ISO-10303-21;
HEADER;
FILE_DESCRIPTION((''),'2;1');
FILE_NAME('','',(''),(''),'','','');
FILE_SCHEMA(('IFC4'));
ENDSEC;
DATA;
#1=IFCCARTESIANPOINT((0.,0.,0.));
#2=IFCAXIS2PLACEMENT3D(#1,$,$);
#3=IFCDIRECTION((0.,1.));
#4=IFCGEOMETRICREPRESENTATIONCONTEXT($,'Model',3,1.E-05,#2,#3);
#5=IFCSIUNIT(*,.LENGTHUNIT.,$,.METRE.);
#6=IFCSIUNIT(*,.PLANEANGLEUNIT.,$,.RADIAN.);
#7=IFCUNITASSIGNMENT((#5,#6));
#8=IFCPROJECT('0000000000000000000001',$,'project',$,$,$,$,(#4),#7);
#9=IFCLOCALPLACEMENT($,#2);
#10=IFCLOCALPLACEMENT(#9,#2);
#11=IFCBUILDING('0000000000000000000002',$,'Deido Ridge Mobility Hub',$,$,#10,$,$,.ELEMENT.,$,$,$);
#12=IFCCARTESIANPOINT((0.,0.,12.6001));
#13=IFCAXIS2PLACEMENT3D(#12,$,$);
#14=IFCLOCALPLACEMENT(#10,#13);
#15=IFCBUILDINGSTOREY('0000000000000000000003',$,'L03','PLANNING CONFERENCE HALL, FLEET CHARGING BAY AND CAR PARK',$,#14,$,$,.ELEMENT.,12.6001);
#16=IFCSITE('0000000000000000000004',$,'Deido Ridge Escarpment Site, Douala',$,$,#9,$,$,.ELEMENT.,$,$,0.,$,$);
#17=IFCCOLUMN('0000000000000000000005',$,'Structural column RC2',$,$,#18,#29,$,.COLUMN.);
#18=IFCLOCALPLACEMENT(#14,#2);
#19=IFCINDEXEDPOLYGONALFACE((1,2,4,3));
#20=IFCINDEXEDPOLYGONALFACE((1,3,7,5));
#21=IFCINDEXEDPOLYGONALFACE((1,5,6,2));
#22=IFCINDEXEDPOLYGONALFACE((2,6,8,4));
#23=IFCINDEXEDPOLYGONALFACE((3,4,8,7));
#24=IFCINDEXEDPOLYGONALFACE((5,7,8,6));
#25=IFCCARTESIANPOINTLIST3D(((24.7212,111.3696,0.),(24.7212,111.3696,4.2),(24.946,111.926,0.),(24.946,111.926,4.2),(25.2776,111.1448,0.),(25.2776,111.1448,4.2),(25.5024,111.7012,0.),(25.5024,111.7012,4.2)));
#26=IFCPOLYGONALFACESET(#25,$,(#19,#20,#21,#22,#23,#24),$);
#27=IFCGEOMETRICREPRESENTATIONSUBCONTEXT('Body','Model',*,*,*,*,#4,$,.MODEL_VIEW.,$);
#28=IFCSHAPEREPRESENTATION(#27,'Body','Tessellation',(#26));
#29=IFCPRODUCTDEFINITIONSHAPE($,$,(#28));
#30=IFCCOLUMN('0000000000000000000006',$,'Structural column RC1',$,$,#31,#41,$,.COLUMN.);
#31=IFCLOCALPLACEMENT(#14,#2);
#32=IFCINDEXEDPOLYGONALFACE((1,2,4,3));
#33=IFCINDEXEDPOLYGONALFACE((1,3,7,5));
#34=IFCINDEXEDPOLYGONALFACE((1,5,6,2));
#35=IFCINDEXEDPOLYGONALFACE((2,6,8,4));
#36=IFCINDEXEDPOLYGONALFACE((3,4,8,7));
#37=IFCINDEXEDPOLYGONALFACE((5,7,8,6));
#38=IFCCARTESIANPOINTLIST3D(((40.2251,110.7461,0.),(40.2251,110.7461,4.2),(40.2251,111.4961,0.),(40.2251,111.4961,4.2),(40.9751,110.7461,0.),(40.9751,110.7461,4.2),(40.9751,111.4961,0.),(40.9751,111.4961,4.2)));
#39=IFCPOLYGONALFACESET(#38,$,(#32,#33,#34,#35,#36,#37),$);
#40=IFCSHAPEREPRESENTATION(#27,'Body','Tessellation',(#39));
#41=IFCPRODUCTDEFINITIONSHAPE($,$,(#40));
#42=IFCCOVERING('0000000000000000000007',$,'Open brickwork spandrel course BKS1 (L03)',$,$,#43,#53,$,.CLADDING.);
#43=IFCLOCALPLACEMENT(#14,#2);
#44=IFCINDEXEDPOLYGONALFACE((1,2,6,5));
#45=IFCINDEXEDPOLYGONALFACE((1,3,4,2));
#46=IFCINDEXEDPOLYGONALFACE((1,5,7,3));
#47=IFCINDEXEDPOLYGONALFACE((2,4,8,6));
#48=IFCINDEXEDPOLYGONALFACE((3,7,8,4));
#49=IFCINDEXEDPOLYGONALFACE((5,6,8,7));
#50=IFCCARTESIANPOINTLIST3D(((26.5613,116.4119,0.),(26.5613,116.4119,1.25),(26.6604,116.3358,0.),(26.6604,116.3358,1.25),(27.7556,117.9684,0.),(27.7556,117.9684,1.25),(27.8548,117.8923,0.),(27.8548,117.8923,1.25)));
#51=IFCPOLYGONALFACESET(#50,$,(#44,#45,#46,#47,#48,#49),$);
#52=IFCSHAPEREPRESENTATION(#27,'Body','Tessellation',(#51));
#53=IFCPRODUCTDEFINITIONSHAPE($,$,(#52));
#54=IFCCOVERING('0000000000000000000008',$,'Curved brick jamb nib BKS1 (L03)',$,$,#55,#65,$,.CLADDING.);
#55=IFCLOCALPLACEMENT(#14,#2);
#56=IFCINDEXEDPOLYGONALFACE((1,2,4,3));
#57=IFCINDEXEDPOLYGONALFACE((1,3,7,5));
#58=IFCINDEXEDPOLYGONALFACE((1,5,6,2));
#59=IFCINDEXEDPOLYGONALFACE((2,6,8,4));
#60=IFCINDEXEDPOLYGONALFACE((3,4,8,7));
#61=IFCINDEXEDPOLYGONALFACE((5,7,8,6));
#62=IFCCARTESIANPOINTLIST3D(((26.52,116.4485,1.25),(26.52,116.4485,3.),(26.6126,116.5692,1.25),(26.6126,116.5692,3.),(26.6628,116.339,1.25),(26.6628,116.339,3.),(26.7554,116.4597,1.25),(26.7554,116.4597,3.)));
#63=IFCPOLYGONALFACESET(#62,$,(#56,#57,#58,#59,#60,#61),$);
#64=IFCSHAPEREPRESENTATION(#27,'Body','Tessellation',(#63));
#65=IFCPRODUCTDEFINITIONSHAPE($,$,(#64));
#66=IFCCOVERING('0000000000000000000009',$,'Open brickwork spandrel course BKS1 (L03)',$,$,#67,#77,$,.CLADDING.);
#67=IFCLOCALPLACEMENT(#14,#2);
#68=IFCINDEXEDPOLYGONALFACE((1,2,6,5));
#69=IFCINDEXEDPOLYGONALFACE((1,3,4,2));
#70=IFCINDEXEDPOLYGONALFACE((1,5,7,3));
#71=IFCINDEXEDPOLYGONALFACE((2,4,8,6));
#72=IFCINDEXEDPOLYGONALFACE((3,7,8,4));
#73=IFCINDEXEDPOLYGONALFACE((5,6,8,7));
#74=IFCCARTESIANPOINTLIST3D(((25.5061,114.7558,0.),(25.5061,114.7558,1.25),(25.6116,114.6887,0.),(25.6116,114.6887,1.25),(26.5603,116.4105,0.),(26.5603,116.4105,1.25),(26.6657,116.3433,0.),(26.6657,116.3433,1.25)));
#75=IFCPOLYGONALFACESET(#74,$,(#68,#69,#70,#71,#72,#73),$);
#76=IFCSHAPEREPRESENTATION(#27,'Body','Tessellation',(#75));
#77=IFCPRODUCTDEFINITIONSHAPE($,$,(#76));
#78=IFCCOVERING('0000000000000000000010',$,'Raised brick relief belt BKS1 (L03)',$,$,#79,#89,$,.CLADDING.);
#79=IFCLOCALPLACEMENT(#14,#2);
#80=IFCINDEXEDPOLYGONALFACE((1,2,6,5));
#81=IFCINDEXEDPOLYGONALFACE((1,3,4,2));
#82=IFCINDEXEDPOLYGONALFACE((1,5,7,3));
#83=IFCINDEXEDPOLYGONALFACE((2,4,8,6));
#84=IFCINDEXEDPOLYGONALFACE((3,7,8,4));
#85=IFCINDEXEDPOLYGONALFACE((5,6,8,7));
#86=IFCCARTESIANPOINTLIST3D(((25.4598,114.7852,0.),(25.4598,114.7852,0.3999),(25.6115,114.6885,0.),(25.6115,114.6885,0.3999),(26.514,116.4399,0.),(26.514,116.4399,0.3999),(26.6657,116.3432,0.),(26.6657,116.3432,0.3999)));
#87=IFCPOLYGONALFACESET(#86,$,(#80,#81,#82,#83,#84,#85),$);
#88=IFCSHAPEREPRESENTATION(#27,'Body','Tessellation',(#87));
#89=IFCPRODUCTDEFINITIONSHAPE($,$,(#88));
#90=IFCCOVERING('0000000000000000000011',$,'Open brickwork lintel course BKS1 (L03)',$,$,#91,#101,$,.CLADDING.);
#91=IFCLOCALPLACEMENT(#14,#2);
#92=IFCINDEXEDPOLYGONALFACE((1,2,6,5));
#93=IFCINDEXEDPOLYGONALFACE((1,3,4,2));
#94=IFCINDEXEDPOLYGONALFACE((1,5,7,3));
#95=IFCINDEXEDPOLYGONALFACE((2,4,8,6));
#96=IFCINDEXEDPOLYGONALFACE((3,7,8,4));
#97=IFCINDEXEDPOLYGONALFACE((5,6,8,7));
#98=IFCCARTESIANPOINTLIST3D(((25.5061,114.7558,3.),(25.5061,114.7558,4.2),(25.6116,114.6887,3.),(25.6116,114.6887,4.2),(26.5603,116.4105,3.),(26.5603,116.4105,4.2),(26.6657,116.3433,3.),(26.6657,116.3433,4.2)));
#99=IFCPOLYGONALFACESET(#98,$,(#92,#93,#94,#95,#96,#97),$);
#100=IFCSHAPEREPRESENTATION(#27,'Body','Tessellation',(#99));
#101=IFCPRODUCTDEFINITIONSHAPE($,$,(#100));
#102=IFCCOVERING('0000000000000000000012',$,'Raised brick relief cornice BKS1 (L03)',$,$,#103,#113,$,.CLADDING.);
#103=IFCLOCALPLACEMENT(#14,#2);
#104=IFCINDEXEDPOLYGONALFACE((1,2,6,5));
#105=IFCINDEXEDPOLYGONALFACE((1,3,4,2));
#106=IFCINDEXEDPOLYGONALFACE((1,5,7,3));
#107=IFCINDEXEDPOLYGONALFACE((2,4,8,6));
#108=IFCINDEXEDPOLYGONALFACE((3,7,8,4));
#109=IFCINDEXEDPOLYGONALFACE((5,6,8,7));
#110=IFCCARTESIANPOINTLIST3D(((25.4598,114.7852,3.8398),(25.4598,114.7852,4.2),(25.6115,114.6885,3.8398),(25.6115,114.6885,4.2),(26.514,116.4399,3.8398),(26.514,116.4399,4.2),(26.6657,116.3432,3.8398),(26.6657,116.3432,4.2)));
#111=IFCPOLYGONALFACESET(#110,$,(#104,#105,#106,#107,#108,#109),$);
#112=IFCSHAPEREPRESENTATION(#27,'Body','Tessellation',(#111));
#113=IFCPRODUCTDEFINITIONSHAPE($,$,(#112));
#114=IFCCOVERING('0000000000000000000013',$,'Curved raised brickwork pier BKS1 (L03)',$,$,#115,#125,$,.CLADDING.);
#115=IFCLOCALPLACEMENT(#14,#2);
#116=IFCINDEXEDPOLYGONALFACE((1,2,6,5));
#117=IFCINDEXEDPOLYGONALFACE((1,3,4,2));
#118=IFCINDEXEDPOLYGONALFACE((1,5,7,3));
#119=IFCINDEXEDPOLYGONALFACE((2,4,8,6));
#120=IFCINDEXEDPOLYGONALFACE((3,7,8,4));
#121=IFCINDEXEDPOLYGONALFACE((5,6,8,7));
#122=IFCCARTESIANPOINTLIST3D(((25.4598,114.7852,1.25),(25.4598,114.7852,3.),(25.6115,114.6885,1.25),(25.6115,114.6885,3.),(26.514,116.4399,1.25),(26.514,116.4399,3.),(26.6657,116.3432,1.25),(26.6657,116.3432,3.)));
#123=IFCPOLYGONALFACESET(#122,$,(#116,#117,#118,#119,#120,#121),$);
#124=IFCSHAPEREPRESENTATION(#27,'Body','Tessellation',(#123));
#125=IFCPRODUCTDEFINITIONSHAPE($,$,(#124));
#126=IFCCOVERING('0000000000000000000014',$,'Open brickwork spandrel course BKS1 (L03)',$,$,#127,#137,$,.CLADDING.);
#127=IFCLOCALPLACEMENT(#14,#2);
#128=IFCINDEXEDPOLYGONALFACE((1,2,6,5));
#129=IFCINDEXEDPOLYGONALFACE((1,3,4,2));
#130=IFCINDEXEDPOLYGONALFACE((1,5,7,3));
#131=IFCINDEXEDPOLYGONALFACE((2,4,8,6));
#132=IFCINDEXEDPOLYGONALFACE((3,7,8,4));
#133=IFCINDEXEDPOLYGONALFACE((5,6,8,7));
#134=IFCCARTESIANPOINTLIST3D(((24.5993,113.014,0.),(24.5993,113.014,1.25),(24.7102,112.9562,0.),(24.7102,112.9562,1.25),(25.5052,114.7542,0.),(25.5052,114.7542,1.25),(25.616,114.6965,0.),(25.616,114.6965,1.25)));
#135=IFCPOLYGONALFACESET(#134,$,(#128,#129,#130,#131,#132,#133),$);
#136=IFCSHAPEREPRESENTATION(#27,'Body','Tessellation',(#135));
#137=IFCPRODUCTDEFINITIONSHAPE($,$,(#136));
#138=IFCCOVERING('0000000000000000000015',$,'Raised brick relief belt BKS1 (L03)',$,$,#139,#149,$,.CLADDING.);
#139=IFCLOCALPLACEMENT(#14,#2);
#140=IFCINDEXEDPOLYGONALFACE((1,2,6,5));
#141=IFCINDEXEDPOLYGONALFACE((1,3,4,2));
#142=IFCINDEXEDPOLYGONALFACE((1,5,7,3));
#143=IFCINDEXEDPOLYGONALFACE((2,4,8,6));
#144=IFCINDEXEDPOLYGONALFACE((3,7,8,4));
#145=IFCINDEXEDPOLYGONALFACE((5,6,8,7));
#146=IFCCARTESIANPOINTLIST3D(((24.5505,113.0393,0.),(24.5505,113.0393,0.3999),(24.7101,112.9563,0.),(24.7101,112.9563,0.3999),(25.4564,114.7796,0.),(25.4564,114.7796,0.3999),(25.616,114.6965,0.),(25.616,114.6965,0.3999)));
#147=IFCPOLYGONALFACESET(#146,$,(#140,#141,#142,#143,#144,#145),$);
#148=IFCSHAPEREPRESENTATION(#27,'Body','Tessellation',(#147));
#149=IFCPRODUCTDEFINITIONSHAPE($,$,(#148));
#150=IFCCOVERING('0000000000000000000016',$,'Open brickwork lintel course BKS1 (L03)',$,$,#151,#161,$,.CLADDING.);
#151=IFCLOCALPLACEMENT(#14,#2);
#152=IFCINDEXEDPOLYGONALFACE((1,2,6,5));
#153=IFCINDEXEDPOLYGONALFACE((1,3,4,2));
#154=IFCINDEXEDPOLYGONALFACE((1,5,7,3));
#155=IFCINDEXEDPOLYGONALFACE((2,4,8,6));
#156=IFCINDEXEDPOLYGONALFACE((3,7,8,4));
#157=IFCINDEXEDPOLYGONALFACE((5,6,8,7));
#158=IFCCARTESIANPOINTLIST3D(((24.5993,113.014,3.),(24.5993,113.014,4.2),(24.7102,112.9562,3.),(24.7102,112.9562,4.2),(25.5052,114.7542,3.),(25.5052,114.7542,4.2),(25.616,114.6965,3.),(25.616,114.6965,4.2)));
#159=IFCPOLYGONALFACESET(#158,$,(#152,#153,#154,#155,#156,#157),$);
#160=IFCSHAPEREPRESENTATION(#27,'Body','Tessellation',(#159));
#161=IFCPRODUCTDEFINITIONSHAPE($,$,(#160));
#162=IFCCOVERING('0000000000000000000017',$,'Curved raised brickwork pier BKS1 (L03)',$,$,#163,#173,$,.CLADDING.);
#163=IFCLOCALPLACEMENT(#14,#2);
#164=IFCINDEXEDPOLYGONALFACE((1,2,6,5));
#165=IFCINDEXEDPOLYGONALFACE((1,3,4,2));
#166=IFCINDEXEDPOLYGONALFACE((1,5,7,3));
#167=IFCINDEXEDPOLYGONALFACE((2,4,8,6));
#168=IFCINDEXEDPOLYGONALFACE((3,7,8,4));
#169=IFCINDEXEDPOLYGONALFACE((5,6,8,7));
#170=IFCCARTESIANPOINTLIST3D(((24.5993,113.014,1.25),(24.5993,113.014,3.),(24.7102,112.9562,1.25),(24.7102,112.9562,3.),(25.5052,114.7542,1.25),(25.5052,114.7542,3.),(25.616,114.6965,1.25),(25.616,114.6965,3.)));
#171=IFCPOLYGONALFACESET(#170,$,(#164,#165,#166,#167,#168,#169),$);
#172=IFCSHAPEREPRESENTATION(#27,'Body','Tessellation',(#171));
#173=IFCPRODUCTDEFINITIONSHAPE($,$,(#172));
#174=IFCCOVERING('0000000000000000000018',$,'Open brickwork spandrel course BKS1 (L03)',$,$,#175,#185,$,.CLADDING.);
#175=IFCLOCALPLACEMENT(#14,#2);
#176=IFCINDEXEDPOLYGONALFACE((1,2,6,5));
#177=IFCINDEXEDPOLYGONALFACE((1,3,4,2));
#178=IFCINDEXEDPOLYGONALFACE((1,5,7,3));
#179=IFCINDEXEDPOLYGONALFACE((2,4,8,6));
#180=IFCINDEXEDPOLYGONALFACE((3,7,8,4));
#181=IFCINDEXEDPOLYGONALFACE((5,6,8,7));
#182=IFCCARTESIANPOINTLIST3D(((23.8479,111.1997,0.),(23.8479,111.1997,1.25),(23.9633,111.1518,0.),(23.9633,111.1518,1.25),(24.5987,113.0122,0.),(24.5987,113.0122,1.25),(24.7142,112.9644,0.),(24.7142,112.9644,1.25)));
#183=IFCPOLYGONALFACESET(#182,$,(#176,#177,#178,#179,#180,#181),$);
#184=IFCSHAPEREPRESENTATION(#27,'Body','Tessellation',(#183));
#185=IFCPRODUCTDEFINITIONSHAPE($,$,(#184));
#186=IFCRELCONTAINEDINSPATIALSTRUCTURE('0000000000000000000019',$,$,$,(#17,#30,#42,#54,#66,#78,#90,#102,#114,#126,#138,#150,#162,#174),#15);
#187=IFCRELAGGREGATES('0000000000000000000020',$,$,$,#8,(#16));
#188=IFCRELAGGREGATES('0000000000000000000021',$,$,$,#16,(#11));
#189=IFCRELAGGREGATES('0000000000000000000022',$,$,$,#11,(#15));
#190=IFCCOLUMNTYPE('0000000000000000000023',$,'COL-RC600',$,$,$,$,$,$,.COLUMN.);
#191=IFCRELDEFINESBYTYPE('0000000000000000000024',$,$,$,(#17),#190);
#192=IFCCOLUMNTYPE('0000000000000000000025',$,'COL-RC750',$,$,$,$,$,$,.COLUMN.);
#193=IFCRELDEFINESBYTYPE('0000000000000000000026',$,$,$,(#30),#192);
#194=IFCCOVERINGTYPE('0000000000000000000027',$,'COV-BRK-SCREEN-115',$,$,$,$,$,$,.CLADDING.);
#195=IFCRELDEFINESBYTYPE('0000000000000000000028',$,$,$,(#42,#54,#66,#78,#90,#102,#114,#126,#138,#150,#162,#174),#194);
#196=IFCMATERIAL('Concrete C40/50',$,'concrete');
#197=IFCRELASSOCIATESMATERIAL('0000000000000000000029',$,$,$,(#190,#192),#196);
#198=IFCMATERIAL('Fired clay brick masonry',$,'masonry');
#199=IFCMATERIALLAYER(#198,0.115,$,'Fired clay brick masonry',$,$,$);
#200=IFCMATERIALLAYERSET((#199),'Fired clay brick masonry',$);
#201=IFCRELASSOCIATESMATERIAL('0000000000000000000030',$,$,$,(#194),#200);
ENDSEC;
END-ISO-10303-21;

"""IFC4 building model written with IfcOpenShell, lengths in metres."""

from ifc_helpers import new_model, si_unit, direction, frame, origin, origin_2d, place, context, subcontext, project, spatial, rectangle, extrude, material, layer, layer_set, material_profile, profile_set, type_object, element, save


model = new_model("IFC4")

# Units and contexts
model_context = context("Model", 3, precision=1e-05, world=origin(), true_north=direction((0.0, 1.0)))
body_context = subcontext(model_context, "Body", "Model", "MODEL_VIEW")
ifc_project = project(units=[si_unit("LENGTHUNIT", "METRE"), si_unit("PLANEANGLEUNIT", "RADIAN")], contexts=[model_context])

# Site, building, storey
site_placement = place(None, origin())
site = spatial("IfcSite", under=ifc_project, at=site_placement, Name="Deido Ridge Escarpment Site, Douala", CompositionType="ELEMENT", RefElevation=0.0)
building_placement = place(site_placement, origin())
building = spatial("IfcBuilding", under=site, at=building_placement, Name="Deido Ridge Mobility Hub", CompositionType="ELEMENT")
storey_placement = place(building_placement, frame((0.0, 0.0, 12.6001)))
storey = spatial("IfcBuildingStorey", under=building, at=storey_placement, Name="L03", Description="PLANNING CONFERENCE HALL, FLEET CHARGING BAY AND CAR PARK", CompositionType="ELEMENT", Elevation=12.6001)

# Columns
ifc_material_1 = material(Name="Concrete C40/50", Category="concrete")
ifc_material_profile_1 = material_profile(ifc_material_1, rectangle(XDim=0.6001, YDim=0.6001, at=origin_2d()), Name="RC COL 600x600")
ifc_profile_set_1 = profile_set([ifc_material_profile_1], Name="Concrete C40/50")
column_type_1 = type_object("IfcColumnType", Name="COL-RC600", PredefinedType="COLUMN", material=ifc_profile_set_1)
column_1_placement = place(storey_placement, frame((25.1118, 111.5354, 0.0), z_axis=(0.0, 0.0, 1.0), x_axis=(-0.927184, 0.374607, 0.0)))
element("IfcColumn", 1, at=column_1_placement, inside=storey, type_object=column_type_1, Name="Structural column RC2", PredefinedType="COLUMN", context=body_context, shape_type="SweptSolid", body=[
    extrude(rectangle(XDim=0.6001, YDim=0.6001, at=origin_2d()), origin(), (0.0, 0.0, 1.0), 4.2),
])
ifc_material_profile_2 = material_profile(ifc_material_1, rectangle(XDim=0.75, YDim=0.75, at=origin_2d()), Name="RC COL 750x750")
ifc_profile_set_2 = profile_set([ifc_material_profile_2], Name="Concrete C40/50")
column_type_2 = type_object("IfcColumnType", Name="COL-RC750", PredefinedType="COLUMN", material=ifc_profile_set_2)
column_2_placement = place(storey_placement, frame((40.6001, 111.1211, 0.0), z_axis=(0.0, 0.0, 1.0), x_axis=(1.0, 0.0, 0.0)))
element("IfcColumn", 2, at=column_2_placement, inside=storey, type_object=column_type_2, Name="Structural column RC1", PredefinedType="COLUMN", context=body_context, shape_type="SweptSolid", body=[
    extrude(rectangle(XDim=0.75, YDim=0.75, at=origin_2d()), origin(), (0.0, 0.0, 1.0), 4.2),
])

# Coverings
ifc_material_2 = material(Name="Fired clay brick masonry", Category="masonry")
ifc_layer = layer(ifc_material_2, 0.115, Name="Fired clay brick masonry")
ifc_layer_set = layer_set([ifc_layer], Name="Fired clay brick masonry")
covering_type = type_object("IfcCoveringType", Name="COV-BRK-SCREEN-115", PredefinedType="CLADDING", material=ifc_layer_set)
covering_1_placement = place(storey_placement, frame((27.208, 117.1521, 0.0), z_axis=(0.0, 0.0, 1.0), x_axis=(-0.608761, -0.793353, 0.0)))
element("IfcCovering", 3, at=covering_1_placement, inside=storey, type_object=covering_type, Name="Open brickwork spandrel course BKS1 (L03)", PredefinedType="CLADDING", context=body_context, shape_type="SweptSolid", body=[
    extrude(rectangle(XDim=1.9619, YDim=0.125, at=origin_2d()), origin(), (0.0, 0.0, 1.0), 1.25),
])
covering_2_placement = place(storey_placement, frame((26.6377, 116.4541, 1.25), z_axis=(0.0, 0.0, 1.0), x_axis=(-0.608761, -0.793353, 0.0)))
element("IfcCovering", 4, at=covering_2_placement, inside=storey, type_object=covering_type, Name="Curved brick jamb nib BKS1 (L03)", PredefinedType="CLADDING", context=body_context, shape_type="SweptSolid", body=[
    extrude(rectangle(XDim=0.1521, YDim=0.1799, at=origin_2d()), origin(), (0.0, 0.0, 1.0), 1.75),
])
covering_3_placement = place(storey_placement, frame((26.0859, 115.5496, 0.0), z_axis=(0.0, 0.0, 1.0), x_axis=(-0.537314, -0.843382, 0.0)))
element("IfcCovering", 5, at=covering_3_placement, inside=storey, type_object=covering_type, Name="Open brickwork spandrel course BKS1 (L03)", PredefinedType="CLADDING", context=body_context, shape_type="SweptSolid", body=[
    extrude(rectangle(XDim=1.9619, YDim=0.125, at=origin_2d()), origin(), (0.0, 0.0, 1.0), 1.25),
])
covering_4_placement = place(storey_placement, frame((26.0627, 115.5642, 0.0), z_axis=(0.0, 0.0, 1.0), x_axis=(-0.537314, -0.843382, 0.0)))
element("IfcCovering", 6, at=covering_4_placement, inside=storey, type_object=covering_type, Name="Raised brick relief belt BKS1 (L03)", PredefinedType="CLADDING", context=body_context, shape_type="SweptSolid", body=[
    extrude(rectangle(XDim=1.9619, YDim=0.1799, at=origin_2d()), origin(), (0.0, 0.0, 1.0), 0.3999),
])
covering_5_placement = place(storey_placement, frame((26.0859, 115.5496, 3.0), z_axis=(0.0, 0.0, 1.0), x_axis=(-0.537314, -0.843382, 0.0)))
element("IfcCovering", 7, at=covering_5_placement, inside=storey, type_object=covering_type, Name="Open brickwork lintel course BKS1 (L03)", PredefinedType="CLADDING", context=body_context, shape_type="SweptSolid", body=[
    extrude(rectangle(XDim=1.9619, YDim=0.125, at=origin_2d()), origin(), (0.0, 0.0, 1.0), 1.2),
])
covering_6_placement = place(storey_placement, frame((26.0627, 115.5642, 3.8398), z_axis=(0.0, 0.0, 1.0), x_axis=(-0.537314, -0.843382, 0.0)))
element("IfcCovering", 8, at=covering_6_placement, inside=storey, type_object=covering_type, Name="Raised brick relief cornice BKS1 (L03)", PredefinedType="CLADDING", context=body_context, shape_type="SweptSolid", body=[
    extrude(rectangle(XDim=1.9619, YDim=0.1799, at=origin_2d()), origin(), (0.0, 0.0, 1.0), 0.3601),
])
covering_7_placement = place(storey_placement, frame((26.0627, 115.5642, 1.25), z_axis=(0.0, 0.0, 1.0), x_axis=(-0.537314, -0.843382, 0.0)))
element("IfcCovering", 9, at=covering_7_placement, inside=storey, type_object=covering_type, Name="Curved raised brickwork pier BKS1 (L03)", PredefinedType="CLADDING", context=body_context, shape_type="SweptSolid", body=[
    extrude(rectangle(XDim=1.9619, YDim=0.1799, at=origin_2d()), origin(), (0.0, 0.0, 1.0), 1.75),
])
covering_8_placement = place(storey_placement, frame((25.1077, 113.8552, 0.0), z_axis=(0.0, 0.0, 1.0), x_axis=(-0.461733, -0.887019, 0.0)))
element("IfcCovering", 10, at=covering_8_placement, inside=storey, type_object=covering_type, Name="Open brickwork spandrel course BKS1 (L03)", PredefinedType="CLADDING", context=body_context, shape_type="SweptSolid", body=[
    extrude(rectangle(XDim=1.9619, YDim=0.125, at=origin_2d()), origin(), (0.0, 0.0, 1.0), 1.25),
])
covering_9_placement = place(storey_placement, frame((25.0833, 113.8679, 0.0), z_axis=(0.0, 0.0, 1.0), x_axis=(-0.461733, -0.887019, 0.0)))
element("IfcCovering", 11, at=covering_9_placement, inside=storey, type_object=covering_type, Name="Raised brick relief belt BKS1 (L03)", PredefinedType="CLADDING", context=body_context, shape_type="SweptSolid", body=[
    extrude(rectangle(XDim=1.9619, YDim=0.1799, at=origin_2d()), origin(), (0.0, 0.0, 1.0), 0.3999),
])
covering_10_placement = place(storey_placement, frame((25.1077, 113.8552, 3.0), z_axis=(0.0, 0.0, 1.0), x_axis=(-0.461733, -0.887019, 0.0)))
element("IfcCovering", 12, at=covering_10_placement, inside=storey, type_object=covering_type, Name="Open brickwork lintel course BKS1 (L03)", PredefinedType="CLADDING", context=body_context, shape_type="SweptSolid", body=[
    extrude(rectangle(XDim=1.9619, YDim=0.125, at=origin_2d()), origin(), (0.0, 0.0, 1.0), 1.2),
])
covering_11_placement = place(storey_placement, frame((25.1077, 113.8552, 1.25), z_axis=(0.0, 0.0, 1.0), x_axis=(-0.461733, -0.887019, 0.0)))
element("IfcCovering", 13, at=covering_11_placement, inside=storey, type_object=covering_type, Name="Curved raised brickwork pier BKS1 (L03)", PredefinedType="CLADDING", context=body_context, shape_type="SweptSolid", body=[
    extrude(rectangle(XDim=1.9619, YDim=0.125, at=origin_2d()), origin(), (0.0, 0.0, 1.0), 1.75),
])
covering_12_placement = place(storey_placement, frame((24.281, 112.082, 0.0), z_axis=(0.0, 0.0, 1.0), x_axis=(-0.3827, -0.923873, 0.0)))
element("IfcCovering", 14, at=covering_12_placement, inside=storey, type_object=covering_type, Name="Open brickwork spandrel course BKS1 (L03)", PredefinedType="CLADDING", context=body_context, shape_type="SweptSolid", body=[
    extrude(rectangle(XDim=1.9619, YDim=0.125, at=origin_2d()), origin(), (0.0, 0.0, 1.0), 1.25),
])

save(model, "model.ifc")
